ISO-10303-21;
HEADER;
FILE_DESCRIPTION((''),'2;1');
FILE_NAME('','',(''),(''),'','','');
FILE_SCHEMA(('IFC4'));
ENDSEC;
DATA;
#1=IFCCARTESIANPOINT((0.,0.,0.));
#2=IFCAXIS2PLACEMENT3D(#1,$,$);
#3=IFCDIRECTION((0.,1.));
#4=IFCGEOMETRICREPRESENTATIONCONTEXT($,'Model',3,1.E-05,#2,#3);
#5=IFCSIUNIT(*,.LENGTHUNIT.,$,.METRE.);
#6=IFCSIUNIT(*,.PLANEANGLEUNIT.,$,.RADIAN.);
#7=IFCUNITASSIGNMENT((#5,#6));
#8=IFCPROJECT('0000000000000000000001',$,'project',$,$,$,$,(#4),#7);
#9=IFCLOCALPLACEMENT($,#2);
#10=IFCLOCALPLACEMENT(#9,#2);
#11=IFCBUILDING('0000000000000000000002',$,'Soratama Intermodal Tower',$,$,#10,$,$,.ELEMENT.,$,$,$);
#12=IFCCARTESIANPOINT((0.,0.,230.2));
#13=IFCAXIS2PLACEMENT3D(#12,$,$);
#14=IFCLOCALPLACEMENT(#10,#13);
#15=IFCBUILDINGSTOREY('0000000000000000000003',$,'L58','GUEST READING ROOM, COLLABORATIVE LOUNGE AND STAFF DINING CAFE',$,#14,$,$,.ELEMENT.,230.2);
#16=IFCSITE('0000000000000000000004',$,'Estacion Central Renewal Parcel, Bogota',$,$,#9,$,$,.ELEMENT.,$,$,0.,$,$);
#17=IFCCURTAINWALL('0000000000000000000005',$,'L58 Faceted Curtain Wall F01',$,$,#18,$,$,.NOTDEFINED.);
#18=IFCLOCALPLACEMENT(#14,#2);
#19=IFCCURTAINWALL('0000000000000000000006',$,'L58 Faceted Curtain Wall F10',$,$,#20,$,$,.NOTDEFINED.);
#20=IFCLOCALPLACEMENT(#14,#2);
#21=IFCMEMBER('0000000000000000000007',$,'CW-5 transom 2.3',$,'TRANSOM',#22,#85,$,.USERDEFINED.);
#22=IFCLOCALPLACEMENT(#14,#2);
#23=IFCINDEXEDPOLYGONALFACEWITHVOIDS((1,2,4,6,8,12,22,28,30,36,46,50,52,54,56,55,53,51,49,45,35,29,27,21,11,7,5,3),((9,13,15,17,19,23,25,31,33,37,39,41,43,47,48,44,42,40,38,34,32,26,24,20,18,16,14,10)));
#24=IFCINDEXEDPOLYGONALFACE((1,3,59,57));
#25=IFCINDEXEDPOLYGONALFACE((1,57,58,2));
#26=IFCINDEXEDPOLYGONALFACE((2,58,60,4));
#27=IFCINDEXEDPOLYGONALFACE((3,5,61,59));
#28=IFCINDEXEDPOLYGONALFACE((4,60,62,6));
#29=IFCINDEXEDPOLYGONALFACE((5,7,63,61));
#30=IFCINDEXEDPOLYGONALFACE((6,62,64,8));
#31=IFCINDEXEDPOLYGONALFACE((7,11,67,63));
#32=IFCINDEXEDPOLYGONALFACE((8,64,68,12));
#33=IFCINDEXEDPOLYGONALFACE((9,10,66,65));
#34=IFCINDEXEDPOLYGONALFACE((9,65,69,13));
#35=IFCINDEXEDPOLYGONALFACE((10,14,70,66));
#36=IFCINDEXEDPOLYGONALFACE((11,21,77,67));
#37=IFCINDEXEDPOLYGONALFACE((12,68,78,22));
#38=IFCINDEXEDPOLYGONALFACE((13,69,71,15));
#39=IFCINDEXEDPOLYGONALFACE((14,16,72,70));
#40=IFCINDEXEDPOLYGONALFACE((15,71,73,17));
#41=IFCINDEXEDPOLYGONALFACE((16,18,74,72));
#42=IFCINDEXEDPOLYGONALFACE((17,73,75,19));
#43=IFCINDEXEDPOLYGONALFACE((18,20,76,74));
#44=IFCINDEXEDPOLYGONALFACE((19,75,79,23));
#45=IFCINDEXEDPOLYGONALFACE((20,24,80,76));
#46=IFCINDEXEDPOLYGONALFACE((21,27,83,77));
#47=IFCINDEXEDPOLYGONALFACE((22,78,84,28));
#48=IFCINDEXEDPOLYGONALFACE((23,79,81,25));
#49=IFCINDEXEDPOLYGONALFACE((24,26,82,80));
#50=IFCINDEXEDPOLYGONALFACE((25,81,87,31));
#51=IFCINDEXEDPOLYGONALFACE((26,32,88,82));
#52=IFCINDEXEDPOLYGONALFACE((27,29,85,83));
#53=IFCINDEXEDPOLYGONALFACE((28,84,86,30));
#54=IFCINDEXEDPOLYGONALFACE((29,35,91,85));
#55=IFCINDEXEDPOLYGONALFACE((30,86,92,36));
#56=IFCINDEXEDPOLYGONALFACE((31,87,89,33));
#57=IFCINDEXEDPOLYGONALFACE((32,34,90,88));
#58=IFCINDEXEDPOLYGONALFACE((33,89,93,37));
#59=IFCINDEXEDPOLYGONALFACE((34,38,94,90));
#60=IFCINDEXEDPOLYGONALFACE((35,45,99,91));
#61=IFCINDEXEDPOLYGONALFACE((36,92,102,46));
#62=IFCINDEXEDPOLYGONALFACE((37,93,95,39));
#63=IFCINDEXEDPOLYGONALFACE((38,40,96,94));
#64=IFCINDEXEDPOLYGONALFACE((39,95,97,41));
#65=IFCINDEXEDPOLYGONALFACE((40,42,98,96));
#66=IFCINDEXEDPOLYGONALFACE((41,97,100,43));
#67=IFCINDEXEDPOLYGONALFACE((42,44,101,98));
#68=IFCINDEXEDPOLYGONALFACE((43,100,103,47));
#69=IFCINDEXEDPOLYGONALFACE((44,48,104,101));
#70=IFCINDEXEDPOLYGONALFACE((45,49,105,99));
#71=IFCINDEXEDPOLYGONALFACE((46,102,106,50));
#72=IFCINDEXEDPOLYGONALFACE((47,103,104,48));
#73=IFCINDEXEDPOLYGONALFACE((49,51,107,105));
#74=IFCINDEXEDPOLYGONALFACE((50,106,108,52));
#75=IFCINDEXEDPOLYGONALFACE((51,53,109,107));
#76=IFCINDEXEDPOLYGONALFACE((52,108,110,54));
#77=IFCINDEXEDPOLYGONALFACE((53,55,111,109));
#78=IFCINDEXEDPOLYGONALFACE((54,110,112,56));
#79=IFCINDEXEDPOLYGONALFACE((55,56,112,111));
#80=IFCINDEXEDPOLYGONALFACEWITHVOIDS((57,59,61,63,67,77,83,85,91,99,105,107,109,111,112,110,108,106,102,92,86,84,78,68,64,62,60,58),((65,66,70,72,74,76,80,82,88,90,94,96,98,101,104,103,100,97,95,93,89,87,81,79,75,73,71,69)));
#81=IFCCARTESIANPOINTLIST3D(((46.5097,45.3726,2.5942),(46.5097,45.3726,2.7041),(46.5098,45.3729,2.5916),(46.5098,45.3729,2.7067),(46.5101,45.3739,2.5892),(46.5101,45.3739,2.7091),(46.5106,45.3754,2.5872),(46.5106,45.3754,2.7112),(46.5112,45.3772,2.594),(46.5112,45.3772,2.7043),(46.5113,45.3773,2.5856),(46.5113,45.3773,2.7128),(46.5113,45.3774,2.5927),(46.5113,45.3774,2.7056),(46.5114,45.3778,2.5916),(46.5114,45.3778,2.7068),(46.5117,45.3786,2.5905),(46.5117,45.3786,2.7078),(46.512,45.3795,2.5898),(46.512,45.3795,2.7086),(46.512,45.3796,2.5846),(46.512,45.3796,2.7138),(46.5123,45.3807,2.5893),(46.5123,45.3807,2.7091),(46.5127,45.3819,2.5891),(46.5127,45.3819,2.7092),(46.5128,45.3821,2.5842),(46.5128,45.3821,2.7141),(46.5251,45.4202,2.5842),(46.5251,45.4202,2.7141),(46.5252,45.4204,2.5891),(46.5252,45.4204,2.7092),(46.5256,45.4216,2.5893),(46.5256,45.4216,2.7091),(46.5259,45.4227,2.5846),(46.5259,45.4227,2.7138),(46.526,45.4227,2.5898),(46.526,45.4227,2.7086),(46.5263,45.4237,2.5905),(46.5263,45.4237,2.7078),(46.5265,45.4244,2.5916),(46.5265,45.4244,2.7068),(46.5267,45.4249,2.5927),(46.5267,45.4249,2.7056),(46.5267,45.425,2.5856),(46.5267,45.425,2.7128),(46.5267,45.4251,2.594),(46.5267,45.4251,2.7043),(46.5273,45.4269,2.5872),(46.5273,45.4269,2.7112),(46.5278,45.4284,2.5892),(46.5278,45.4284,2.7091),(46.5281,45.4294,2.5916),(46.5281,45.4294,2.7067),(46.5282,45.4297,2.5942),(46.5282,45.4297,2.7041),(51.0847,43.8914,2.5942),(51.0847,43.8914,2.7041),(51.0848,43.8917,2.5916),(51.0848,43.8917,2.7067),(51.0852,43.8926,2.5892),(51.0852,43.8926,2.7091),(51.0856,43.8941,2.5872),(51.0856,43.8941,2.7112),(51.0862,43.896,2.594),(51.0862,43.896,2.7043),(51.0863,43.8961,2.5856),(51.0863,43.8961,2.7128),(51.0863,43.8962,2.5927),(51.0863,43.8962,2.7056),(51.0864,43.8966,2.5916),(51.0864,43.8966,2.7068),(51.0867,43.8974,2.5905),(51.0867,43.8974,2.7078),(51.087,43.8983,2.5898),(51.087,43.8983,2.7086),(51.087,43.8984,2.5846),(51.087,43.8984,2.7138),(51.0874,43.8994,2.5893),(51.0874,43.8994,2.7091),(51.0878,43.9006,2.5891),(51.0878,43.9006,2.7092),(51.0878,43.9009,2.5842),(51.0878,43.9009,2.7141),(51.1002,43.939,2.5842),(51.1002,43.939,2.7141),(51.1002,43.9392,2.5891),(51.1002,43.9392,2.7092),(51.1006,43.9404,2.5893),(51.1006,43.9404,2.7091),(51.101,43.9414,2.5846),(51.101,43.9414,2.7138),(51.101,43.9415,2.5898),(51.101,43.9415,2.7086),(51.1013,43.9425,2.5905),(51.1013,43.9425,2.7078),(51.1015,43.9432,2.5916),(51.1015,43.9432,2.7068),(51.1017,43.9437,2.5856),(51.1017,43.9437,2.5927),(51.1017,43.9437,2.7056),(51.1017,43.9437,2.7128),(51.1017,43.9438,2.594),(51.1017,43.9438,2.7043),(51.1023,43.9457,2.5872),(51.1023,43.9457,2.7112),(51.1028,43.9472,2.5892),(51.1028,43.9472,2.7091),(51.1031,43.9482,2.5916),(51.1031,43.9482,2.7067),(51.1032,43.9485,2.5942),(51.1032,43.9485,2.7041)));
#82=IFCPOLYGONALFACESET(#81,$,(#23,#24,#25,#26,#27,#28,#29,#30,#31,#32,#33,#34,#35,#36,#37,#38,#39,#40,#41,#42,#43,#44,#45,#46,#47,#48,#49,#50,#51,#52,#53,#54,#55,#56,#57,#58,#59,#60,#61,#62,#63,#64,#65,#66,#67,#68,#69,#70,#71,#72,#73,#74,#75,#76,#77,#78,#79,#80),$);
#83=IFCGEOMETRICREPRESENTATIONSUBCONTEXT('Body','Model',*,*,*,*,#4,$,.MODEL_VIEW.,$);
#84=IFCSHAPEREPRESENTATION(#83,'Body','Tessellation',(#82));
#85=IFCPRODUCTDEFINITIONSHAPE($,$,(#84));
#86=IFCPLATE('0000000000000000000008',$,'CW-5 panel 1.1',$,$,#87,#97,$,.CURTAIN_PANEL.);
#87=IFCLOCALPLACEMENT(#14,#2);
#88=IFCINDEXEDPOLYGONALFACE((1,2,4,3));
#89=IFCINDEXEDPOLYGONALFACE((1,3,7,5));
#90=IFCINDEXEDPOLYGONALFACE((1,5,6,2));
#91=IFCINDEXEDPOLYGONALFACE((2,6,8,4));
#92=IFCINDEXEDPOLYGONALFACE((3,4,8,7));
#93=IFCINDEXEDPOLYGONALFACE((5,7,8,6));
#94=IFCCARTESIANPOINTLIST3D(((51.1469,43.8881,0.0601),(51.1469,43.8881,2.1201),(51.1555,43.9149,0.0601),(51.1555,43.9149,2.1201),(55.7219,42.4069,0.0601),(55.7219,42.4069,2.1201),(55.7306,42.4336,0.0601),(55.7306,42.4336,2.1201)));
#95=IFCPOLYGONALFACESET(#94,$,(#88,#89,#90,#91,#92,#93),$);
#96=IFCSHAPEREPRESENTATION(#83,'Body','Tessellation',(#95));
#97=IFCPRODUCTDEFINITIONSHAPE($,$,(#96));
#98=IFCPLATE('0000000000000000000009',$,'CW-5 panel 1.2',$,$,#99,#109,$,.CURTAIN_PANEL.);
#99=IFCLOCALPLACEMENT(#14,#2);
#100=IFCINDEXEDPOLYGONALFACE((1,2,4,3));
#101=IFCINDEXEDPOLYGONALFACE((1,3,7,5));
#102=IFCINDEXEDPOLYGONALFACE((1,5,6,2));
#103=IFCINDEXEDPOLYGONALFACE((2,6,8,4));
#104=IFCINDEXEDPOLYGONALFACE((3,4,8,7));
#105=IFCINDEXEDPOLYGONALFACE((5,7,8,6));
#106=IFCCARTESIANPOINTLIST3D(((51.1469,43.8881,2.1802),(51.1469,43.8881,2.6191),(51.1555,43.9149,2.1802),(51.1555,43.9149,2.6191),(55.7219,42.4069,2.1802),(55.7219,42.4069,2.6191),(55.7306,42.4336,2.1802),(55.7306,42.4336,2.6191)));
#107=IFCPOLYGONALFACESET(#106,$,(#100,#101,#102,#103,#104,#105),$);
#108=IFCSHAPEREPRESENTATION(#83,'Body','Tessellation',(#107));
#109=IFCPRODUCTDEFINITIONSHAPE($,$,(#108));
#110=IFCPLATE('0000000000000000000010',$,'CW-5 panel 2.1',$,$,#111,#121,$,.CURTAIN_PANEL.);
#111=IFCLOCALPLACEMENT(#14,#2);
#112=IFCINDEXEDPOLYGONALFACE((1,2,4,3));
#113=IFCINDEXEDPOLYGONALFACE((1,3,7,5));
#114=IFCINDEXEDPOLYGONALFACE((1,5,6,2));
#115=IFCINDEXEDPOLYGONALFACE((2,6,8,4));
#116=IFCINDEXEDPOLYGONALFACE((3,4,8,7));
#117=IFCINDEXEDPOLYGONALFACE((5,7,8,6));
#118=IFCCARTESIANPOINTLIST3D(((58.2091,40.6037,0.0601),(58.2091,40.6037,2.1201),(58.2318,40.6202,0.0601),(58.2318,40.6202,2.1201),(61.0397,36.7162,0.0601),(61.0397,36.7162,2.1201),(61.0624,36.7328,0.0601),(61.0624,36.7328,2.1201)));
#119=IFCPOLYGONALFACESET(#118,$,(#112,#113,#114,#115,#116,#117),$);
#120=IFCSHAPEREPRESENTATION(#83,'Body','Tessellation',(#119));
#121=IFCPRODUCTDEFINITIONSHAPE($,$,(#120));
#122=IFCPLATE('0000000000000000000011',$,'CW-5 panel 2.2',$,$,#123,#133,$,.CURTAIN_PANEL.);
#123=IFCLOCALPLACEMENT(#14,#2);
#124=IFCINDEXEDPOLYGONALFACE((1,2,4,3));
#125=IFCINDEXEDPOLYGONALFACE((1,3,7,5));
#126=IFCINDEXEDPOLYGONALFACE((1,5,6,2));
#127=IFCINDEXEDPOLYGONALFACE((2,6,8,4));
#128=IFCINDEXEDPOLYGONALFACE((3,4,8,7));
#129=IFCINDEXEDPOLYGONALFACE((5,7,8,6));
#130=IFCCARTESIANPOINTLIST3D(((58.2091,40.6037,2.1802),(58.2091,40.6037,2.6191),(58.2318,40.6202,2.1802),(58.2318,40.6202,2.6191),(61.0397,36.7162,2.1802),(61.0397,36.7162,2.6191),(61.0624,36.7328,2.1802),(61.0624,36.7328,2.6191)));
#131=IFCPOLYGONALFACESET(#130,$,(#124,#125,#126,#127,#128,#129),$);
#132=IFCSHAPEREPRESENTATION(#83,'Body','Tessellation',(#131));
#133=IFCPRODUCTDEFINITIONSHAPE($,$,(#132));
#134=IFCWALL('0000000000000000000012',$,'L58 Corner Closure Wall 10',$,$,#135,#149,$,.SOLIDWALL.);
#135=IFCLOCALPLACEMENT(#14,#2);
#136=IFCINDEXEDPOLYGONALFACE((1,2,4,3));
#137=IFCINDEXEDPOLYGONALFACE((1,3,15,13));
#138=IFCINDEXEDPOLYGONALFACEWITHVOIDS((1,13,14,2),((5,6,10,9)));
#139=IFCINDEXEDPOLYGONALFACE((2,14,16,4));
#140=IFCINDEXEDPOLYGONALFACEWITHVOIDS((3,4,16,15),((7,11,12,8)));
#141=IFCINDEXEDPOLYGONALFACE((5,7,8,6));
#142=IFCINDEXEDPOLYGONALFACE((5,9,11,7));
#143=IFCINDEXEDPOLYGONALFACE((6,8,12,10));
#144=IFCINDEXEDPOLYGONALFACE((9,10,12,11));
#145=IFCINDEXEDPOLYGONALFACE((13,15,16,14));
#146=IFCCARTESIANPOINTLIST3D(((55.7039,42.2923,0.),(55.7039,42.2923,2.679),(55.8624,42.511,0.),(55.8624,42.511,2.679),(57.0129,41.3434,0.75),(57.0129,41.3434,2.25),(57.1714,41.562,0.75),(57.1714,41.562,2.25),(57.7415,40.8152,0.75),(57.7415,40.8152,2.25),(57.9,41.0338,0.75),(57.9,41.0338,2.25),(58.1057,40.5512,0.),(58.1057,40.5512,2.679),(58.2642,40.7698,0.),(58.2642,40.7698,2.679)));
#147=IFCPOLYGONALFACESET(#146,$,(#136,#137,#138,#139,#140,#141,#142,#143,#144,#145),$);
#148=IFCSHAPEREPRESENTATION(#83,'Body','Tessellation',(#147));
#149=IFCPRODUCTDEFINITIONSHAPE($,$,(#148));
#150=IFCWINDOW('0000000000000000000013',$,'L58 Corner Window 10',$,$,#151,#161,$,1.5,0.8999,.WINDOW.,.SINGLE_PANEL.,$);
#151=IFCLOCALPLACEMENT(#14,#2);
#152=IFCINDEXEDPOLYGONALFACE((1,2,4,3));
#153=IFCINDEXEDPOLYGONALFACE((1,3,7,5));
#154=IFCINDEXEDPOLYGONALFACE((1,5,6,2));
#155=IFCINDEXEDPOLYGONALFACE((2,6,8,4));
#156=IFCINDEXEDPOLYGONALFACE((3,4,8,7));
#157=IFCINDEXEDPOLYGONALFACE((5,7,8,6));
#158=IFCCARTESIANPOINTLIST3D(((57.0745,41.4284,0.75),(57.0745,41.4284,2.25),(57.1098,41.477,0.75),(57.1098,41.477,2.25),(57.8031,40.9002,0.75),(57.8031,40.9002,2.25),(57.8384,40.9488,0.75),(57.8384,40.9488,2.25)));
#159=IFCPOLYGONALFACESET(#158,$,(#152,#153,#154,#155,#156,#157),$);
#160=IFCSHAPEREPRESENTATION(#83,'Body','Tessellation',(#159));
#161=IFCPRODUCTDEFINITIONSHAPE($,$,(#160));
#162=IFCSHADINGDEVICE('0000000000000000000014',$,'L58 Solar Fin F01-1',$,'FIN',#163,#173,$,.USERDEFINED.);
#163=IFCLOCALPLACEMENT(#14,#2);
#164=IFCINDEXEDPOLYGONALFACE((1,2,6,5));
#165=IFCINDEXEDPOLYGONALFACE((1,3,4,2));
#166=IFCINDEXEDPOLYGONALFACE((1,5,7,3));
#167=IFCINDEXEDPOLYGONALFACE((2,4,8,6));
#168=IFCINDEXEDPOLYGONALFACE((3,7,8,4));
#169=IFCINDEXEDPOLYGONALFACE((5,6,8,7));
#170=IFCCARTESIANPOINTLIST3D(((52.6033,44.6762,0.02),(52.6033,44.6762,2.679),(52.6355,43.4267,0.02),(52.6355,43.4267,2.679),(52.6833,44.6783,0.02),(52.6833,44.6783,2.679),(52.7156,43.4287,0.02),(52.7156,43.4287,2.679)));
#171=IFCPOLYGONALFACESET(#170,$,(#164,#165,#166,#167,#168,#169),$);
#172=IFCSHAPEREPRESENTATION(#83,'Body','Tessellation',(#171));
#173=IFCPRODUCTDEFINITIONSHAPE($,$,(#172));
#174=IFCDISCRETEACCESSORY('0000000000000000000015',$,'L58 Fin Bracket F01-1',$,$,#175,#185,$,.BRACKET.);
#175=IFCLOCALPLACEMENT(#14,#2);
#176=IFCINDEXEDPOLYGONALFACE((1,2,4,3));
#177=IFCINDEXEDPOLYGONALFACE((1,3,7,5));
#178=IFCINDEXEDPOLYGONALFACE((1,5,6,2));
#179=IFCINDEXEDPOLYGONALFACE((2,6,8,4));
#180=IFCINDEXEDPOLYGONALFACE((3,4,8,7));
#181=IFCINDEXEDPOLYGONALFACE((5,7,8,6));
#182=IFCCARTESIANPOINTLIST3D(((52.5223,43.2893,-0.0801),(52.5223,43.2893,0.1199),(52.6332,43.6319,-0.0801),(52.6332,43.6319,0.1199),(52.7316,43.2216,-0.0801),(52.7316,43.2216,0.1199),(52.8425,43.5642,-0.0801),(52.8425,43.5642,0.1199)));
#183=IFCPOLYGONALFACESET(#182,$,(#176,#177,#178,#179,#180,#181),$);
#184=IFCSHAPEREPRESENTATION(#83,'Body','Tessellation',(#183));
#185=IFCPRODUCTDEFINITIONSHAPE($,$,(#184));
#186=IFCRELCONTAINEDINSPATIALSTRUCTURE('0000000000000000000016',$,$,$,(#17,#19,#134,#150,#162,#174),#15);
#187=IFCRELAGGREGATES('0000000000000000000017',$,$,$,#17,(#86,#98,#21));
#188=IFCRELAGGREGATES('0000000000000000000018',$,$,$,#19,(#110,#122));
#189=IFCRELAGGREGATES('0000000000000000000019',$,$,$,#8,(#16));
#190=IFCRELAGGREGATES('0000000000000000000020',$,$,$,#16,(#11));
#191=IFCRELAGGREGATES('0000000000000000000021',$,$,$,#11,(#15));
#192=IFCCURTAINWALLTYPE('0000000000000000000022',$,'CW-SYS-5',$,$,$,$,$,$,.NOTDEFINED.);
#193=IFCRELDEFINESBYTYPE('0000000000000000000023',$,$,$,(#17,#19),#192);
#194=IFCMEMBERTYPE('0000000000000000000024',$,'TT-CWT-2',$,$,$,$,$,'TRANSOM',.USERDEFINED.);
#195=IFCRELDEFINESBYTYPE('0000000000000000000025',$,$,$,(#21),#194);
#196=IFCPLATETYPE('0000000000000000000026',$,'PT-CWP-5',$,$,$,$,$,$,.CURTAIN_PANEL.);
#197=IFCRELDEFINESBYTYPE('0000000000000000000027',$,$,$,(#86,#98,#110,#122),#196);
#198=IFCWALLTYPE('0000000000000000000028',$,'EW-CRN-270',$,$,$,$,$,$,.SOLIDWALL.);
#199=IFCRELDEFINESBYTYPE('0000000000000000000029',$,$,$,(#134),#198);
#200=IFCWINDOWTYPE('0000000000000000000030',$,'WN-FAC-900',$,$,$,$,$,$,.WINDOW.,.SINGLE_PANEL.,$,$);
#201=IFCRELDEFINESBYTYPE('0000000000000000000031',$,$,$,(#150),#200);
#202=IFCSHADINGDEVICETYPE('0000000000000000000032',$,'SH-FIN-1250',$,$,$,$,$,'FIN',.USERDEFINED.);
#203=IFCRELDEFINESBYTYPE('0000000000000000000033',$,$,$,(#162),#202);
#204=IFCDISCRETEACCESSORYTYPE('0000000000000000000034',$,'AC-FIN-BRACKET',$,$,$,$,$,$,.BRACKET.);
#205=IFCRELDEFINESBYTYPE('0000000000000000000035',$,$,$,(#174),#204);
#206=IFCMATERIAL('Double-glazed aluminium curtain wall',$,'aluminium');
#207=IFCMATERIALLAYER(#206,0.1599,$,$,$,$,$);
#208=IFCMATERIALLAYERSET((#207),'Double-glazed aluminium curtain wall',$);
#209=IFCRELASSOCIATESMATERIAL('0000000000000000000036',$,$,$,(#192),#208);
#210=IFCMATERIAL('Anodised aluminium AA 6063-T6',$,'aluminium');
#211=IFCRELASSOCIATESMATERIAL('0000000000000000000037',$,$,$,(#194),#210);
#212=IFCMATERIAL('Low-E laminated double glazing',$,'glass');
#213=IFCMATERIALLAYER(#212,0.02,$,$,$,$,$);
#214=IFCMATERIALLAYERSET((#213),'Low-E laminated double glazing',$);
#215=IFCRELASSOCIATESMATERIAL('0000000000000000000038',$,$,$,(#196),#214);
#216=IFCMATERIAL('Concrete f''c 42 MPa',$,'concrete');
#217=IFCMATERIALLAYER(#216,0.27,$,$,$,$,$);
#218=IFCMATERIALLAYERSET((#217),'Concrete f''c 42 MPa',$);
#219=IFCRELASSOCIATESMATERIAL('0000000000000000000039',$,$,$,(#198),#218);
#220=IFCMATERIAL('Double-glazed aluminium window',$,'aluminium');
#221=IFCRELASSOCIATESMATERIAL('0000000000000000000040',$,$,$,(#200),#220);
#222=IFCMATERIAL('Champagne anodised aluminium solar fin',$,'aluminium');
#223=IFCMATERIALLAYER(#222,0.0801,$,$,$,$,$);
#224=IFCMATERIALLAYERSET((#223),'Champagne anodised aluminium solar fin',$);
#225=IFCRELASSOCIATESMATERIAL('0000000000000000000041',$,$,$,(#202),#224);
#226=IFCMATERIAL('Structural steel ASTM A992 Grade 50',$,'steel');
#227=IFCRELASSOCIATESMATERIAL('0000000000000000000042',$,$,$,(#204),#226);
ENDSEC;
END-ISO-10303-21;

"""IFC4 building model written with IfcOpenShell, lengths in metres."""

from ifc_helpers import new_model, si_unit, direction, frame, frame_2d, origin, origin_2d, place, context, subcontext, project, spatial, rectangle, hollow_rectangle, extrude, material, layer, layer_set, material_profile, profile_set, type_object, element, fill, aggregate, save


model = new_model("IFC4")

# Units and contexts
model_context = context("Model", 3, precision=1e-05, world=origin(), true_north=direction((0.0, 1.0)))
body_context = subcontext(model_context, "Body", "Model", "MODEL_VIEW")
ifc_project = project(units=[si_unit("LENGTHUNIT", "METRE"), si_unit("PLANEANGLEUNIT", "RADIAN")], contexts=[model_context])

# Site, building, storey
site_placement = place(None, origin())
site = spatial("IfcSite", under=ifc_project, at=site_placement, Name="Estacion Central Renewal Parcel, Bogota", CompositionType="ELEMENT", RefElevation=0.0)
building_placement = place(site_placement, origin())
building = spatial("IfcBuilding", under=site, at=building_placement, Name="Soratama Intermodal Tower", CompositionType="ELEMENT")
storey_placement = place(building_placement, frame((0.0, 0.0, 230.2)))
storey = spatial("IfcBuildingStorey", under=building, at=storey_placement, Name="L58", Description="GUEST READING ROOM, COLLABORATIVE LOUNGE AND STAFF DINING CAFE", CompositionType="ELEMENT", Elevation=230.2)

# Curtain wall
ifc_material_1 = material(Name="Double-glazed aluminium curtain wall", Category="aluminium")
ifc_layer_1 = layer(ifc_material_1, 0.1599)
ifc_layer_set_1 = layer_set([ifc_layer_1], Name="Double-glazed aluminium curtain wall")
curtain_wall_type = type_object("IfcCurtainWallType", Name="CW-SYS-5", PredefinedType="NOTDEFINED", material=ifc_layer_set_1)
curtain_wall_1_placement = place(storey_placement, origin())
curtain_wall_1 = element("IfcCurtainWall", 1, at=curtain_wall_1_placement, inside=storey, type_object=curtain_wall_type, Name="L58 Faceted Curtain Wall F01", PredefinedType="NOTDEFINED")

# Curtain wall
curtain_wall_2_placement = place(storey_placement, origin())
curtain_wall_2 = element("IfcCurtainWall", 2, at=curtain_wall_2_placement, inside=storey, type_object=curtain_wall_type, Name="L58 Faceted Curtain Wall F10", PredefinedType="NOTDEFINED")

# Member
ifc_material_2 = material(Name="Anodised aluminium AA 6063-T6", Category="aluminium")
ifc_material_profile_1 = material_profile(ifc_material_2, hollow_rectangle(XDim=0.0601, YDim=0.1299, WallThickness=0.0049, InnerFilletRadius=0.0049, OuterFilletRadius=0.01, at=origin_2d()), Name="CWT130X60X5")
ifc_profile_set_1 = profile_set([ifc_material_profile_1], Name="Anodised aluminium AA 6063-T6")
member_type_1 = type_object("IfcMemberType", Name="TT-CWT-2", ElementType="TRANSOM", PredefinedType="USERDEFINED", material=ifc_profile_set_1)
member_1_placement = place(storey_placement, frame((51.094, 43.9199, 2.6492), z_axis=(-0.951379, 0.308022, 0.0), x_axis=(-0.308022, -0.951379, 0.0)))
member_1 = element("IfcMember", 3, at=member_1_placement, type_object=member_type_1, Name="CW-5 transom 2.3", ObjectType="TRANSOM", PredefinedType="USERDEFINED", context=body_context, shape_type="SweptSolid", body=[
    extrude(hollow_rectangle(XDim=0.0601, YDim=0.1299, WallThickness=0.0049, InnerFilletRadius=0.0049, OuterFilletRadius=0.01, at=origin_2d()), origin(), (0.0, 0.0, 1.0), 4.8088),
])

# Plates
ifc_material_3 = material(Name="Low-E laminated double glazing", Category="glass")
ifc_layer_2 = layer(ifc_material_3, 0.02)
ifc_layer_set_2 = layer_set([ifc_layer_2], Name="Low-E laminated double glazing")
plate_type = type_object("IfcPlateType", Name="PT-CWP-5", PredefinedType="CURTAIN_PANEL", material=ifc_layer_set_2)
plate_1_placement = place(storey_placement, frame((53.4387, 43.1609, 0.0601), z_axis=(0.0, 0.0, 1.0), x_axis=(-0.951379, 0.308022, 0.0)))
plate_1 = element("IfcPlate", 4, at=plate_1_placement, type_object=plate_type, Name="CW-5 panel 1.1", PredefinedType="CURTAIN_PANEL", context=body_context, shape_type="SweptSolid", body=[
    extrude(rectangle(XDim=4.8088, YDim=0.0281, at=origin_2d()), origin(), (0.0, 0.0, 1.0), 2.0601),
])
plate_2_placement = place(storey_placement, frame((53.4387, 43.1609, 2.1802), z_axis=(0.0, 0.0, 1.0), x_axis=(-0.951379, 0.308022, 0.0)))
plate_2 = element("IfcPlate", 5, at=plate_2_placement, type_object=plate_type, Name="CW-5 panel 1.2", PredefinedType="CURTAIN_PANEL", context=body_context, shape_type="SweptSolid", body=[
    extrude(rectangle(XDim=4.8088, YDim=0.0281, at=origin_2d()), origin(), (0.0, 0.0, 1.0), 0.439),
])
aggregate(curtain_wall_1, [plate_1, plate_2, member_1])
plate_3_placement = place(storey_placement, frame((59.6357, 38.6682, 0.0601), z_axis=(0.0, 0.0, 1.0), x_axis=(-0.588639, 0.808396, 0.0)))
plate_3 = element("IfcPlate", 6, at=plate_3_placement, type_object=plate_type, Name="CW-5 panel 2.1", PredefinedType="CURTAIN_PANEL", context=body_context, shape_type="SweptSolid", body=[
    extrude(rectangle(XDim=4.8088, YDim=0.0281, at=origin_2d()), origin(), (0.0, 0.0, 1.0), 2.0601),
])
plate_4_placement = place(storey_placement, frame((59.6357, 38.6682, 2.1802), z_axis=(0.0, 0.0, 1.0), x_axis=(-0.588639, 0.808396, 0.0)))
plate_4 = element("IfcPlate", 7, at=plate_4_placement, type_object=plate_type, Name="CW-5 panel 2.2", PredefinedType="CURTAIN_PANEL", context=body_context, shape_type="SweptSolid", body=[
    extrude(rectangle(XDim=4.8088, YDim=0.0281, at=origin_2d()), origin(), (0.0, 0.0, 1.0), 0.439),
])
aggregate(curtain_wall_2, [plate_3, plate_4])

# Wall, opening, window
ifc_material_4 = material(Name="Concrete f'c 42 MPa", Category="concrete")
ifc_layer_3 = layer(ifc_material_4, 0.27)
ifc_layer_set_3 = layer_set([ifc_layer_3], Name="Concrete f'c 42 MPa")
wall_type = type_object("IfcWallType", Name="EW-CRN-270", PredefinedType="SOLIDWALL", material=ifc_layer_set_3)
wall_placement = place(storey_placement, frame((58.1851, 40.6604, 0.0), z_axis=(0.0, 0.0, 1.0), x_axis=(-0.809632, 0.586938, 0.0)))
wall = element("IfcWall", 8, at=wall_placement, inside=storey, type_object=wall_type, Name="L58 Corner Closure Wall 10", PredefinedType="SOLIDWALL", context=body_context, shape_type="SweptSolid", body=[
    extrude(rectangle(XDim=2.9666, YDim=0.27, at=frame_2d((1.4834, 0.0))), origin(), (0.0, 0.0, 1.0), 2.679),
])
opening_placement = place(wall_placement, frame((0.45, 0.0, 0.75)))
opening = element("IfcOpeningElement", 9, at=opening_placement, cuts=wall, PredefinedType="OPENING", context=body_context, shape_type="SweptSolid", body=[
    extrude(rectangle(XDim=0.8999, YDim=1.5, at=frame_2d((0.45, 0.75))), frame((0.0, 0.145, 0.0), z_axis=(0.0, -1.0, 0.0), x_axis=(1.0, 0.0, 0.0)), (0.0, 0.0, 1.0), 0.29),
])
ifc_material_5 = material(Name="Double-glazed aluminium window", Category="aluminium")
window_type = type_object("IfcWindowType", Name="WN-FAC-900", PartitioningType="SINGLE_PANEL", PredefinedType="WINDOW", material=ifc_material_5)
window_placement = place(opening_placement, origin())
window = element("IfcWindow", 10, at=window_placement, inside=storey, type_object=window_type, Name="L58 Corner Window 10", OverallHeight=1.5, OverallWidth=0.8999, PartitioningType="SINGLE_PANEL", PredefinedType="WINDOW", context=body_context, shape_type="SweptSolid", body=[
    extrude(rectangle(XDim=0.8999, YDim=1.5, at=frame_2d((0.45, 0.75))), frame((0.0, 0.03, 0.0), z_axis=(0.0, -1.0, 0.0), x_axis=(1.0, 0.0, 0.0)), (0.0, 0.0, 1.0), 0.0601),
])
fill(opening, window)

# Shading device
ifc_material_6 = material(Name="Champagne anodised aluminium solar fin", Category="aluminium")
ifc_layer_4 = layer(ifc_material_6, 0.0801)
ifc_layer_set_4 = layer_set([ifc_layer_4], Name="Champagne anodised aluminium solar fin")
shading_device_type = type_object("IfcShadingDeviceType", Name="SH-FIN-1250", ElementType="FIN", PredefinedType="USERDEFINED", material=ifc_layer_set_4)
shading_device_placement = place(storey_placement, frame((52.6594, 44.0525, 0.02), z_axis=(0.0, 0.0, 1.0), x_axis=(-0.025828, 0.999666, 0.0)))
element("IfcShadingDevice", 11, at=shading_device_placement, inside=storey, type_object=shading_device_type, Name="L58 Solar Fin F01-1", ObjectType="FIN", PredefinedType="USERDEFINED", context=body_context, shape_type="SweptSolid", body=[
    extrude(rectangle(XDim=1.25, YDim=0.0801, at=origin_2d()), origin(), (0.0, 0.0, 1.0), 2.6589),
])

# Discrete accessory
ifc_material_7 = material(Name="Structural steel ASTM A992 Grade 50", Category="steel")
discrete_accessory_type = type_object("IfcDiscreteAccessoryType", Name="AC-FIN-BRACKET", PredefinedType="BRACKET", material=ifc_material_7)
discrete_accessory_placement = place(storey_placement, frame((52.6824, 43.4268, -0.0801), z_axis=(0.0, 0.0, 1.0), x_axis=(0.308021, 0.95138, 0.0)))
element("IfcDiscreteAccessory", 12, at=discrete_accessory_placement, inside=storey, type_object=discrete_accessory_type, Name="L58 Fin Bracket F01-1", PredefinedType="BRACKET", context=body_context, shape_type="SweptSolid", body=[
    extrude(rectangle(XDim=0.3601, YDim=0.22, at=origin_2d()), origin(), (0.0, 0.0, 1.0), 0.2),
])

save(model, "model.ifc")
